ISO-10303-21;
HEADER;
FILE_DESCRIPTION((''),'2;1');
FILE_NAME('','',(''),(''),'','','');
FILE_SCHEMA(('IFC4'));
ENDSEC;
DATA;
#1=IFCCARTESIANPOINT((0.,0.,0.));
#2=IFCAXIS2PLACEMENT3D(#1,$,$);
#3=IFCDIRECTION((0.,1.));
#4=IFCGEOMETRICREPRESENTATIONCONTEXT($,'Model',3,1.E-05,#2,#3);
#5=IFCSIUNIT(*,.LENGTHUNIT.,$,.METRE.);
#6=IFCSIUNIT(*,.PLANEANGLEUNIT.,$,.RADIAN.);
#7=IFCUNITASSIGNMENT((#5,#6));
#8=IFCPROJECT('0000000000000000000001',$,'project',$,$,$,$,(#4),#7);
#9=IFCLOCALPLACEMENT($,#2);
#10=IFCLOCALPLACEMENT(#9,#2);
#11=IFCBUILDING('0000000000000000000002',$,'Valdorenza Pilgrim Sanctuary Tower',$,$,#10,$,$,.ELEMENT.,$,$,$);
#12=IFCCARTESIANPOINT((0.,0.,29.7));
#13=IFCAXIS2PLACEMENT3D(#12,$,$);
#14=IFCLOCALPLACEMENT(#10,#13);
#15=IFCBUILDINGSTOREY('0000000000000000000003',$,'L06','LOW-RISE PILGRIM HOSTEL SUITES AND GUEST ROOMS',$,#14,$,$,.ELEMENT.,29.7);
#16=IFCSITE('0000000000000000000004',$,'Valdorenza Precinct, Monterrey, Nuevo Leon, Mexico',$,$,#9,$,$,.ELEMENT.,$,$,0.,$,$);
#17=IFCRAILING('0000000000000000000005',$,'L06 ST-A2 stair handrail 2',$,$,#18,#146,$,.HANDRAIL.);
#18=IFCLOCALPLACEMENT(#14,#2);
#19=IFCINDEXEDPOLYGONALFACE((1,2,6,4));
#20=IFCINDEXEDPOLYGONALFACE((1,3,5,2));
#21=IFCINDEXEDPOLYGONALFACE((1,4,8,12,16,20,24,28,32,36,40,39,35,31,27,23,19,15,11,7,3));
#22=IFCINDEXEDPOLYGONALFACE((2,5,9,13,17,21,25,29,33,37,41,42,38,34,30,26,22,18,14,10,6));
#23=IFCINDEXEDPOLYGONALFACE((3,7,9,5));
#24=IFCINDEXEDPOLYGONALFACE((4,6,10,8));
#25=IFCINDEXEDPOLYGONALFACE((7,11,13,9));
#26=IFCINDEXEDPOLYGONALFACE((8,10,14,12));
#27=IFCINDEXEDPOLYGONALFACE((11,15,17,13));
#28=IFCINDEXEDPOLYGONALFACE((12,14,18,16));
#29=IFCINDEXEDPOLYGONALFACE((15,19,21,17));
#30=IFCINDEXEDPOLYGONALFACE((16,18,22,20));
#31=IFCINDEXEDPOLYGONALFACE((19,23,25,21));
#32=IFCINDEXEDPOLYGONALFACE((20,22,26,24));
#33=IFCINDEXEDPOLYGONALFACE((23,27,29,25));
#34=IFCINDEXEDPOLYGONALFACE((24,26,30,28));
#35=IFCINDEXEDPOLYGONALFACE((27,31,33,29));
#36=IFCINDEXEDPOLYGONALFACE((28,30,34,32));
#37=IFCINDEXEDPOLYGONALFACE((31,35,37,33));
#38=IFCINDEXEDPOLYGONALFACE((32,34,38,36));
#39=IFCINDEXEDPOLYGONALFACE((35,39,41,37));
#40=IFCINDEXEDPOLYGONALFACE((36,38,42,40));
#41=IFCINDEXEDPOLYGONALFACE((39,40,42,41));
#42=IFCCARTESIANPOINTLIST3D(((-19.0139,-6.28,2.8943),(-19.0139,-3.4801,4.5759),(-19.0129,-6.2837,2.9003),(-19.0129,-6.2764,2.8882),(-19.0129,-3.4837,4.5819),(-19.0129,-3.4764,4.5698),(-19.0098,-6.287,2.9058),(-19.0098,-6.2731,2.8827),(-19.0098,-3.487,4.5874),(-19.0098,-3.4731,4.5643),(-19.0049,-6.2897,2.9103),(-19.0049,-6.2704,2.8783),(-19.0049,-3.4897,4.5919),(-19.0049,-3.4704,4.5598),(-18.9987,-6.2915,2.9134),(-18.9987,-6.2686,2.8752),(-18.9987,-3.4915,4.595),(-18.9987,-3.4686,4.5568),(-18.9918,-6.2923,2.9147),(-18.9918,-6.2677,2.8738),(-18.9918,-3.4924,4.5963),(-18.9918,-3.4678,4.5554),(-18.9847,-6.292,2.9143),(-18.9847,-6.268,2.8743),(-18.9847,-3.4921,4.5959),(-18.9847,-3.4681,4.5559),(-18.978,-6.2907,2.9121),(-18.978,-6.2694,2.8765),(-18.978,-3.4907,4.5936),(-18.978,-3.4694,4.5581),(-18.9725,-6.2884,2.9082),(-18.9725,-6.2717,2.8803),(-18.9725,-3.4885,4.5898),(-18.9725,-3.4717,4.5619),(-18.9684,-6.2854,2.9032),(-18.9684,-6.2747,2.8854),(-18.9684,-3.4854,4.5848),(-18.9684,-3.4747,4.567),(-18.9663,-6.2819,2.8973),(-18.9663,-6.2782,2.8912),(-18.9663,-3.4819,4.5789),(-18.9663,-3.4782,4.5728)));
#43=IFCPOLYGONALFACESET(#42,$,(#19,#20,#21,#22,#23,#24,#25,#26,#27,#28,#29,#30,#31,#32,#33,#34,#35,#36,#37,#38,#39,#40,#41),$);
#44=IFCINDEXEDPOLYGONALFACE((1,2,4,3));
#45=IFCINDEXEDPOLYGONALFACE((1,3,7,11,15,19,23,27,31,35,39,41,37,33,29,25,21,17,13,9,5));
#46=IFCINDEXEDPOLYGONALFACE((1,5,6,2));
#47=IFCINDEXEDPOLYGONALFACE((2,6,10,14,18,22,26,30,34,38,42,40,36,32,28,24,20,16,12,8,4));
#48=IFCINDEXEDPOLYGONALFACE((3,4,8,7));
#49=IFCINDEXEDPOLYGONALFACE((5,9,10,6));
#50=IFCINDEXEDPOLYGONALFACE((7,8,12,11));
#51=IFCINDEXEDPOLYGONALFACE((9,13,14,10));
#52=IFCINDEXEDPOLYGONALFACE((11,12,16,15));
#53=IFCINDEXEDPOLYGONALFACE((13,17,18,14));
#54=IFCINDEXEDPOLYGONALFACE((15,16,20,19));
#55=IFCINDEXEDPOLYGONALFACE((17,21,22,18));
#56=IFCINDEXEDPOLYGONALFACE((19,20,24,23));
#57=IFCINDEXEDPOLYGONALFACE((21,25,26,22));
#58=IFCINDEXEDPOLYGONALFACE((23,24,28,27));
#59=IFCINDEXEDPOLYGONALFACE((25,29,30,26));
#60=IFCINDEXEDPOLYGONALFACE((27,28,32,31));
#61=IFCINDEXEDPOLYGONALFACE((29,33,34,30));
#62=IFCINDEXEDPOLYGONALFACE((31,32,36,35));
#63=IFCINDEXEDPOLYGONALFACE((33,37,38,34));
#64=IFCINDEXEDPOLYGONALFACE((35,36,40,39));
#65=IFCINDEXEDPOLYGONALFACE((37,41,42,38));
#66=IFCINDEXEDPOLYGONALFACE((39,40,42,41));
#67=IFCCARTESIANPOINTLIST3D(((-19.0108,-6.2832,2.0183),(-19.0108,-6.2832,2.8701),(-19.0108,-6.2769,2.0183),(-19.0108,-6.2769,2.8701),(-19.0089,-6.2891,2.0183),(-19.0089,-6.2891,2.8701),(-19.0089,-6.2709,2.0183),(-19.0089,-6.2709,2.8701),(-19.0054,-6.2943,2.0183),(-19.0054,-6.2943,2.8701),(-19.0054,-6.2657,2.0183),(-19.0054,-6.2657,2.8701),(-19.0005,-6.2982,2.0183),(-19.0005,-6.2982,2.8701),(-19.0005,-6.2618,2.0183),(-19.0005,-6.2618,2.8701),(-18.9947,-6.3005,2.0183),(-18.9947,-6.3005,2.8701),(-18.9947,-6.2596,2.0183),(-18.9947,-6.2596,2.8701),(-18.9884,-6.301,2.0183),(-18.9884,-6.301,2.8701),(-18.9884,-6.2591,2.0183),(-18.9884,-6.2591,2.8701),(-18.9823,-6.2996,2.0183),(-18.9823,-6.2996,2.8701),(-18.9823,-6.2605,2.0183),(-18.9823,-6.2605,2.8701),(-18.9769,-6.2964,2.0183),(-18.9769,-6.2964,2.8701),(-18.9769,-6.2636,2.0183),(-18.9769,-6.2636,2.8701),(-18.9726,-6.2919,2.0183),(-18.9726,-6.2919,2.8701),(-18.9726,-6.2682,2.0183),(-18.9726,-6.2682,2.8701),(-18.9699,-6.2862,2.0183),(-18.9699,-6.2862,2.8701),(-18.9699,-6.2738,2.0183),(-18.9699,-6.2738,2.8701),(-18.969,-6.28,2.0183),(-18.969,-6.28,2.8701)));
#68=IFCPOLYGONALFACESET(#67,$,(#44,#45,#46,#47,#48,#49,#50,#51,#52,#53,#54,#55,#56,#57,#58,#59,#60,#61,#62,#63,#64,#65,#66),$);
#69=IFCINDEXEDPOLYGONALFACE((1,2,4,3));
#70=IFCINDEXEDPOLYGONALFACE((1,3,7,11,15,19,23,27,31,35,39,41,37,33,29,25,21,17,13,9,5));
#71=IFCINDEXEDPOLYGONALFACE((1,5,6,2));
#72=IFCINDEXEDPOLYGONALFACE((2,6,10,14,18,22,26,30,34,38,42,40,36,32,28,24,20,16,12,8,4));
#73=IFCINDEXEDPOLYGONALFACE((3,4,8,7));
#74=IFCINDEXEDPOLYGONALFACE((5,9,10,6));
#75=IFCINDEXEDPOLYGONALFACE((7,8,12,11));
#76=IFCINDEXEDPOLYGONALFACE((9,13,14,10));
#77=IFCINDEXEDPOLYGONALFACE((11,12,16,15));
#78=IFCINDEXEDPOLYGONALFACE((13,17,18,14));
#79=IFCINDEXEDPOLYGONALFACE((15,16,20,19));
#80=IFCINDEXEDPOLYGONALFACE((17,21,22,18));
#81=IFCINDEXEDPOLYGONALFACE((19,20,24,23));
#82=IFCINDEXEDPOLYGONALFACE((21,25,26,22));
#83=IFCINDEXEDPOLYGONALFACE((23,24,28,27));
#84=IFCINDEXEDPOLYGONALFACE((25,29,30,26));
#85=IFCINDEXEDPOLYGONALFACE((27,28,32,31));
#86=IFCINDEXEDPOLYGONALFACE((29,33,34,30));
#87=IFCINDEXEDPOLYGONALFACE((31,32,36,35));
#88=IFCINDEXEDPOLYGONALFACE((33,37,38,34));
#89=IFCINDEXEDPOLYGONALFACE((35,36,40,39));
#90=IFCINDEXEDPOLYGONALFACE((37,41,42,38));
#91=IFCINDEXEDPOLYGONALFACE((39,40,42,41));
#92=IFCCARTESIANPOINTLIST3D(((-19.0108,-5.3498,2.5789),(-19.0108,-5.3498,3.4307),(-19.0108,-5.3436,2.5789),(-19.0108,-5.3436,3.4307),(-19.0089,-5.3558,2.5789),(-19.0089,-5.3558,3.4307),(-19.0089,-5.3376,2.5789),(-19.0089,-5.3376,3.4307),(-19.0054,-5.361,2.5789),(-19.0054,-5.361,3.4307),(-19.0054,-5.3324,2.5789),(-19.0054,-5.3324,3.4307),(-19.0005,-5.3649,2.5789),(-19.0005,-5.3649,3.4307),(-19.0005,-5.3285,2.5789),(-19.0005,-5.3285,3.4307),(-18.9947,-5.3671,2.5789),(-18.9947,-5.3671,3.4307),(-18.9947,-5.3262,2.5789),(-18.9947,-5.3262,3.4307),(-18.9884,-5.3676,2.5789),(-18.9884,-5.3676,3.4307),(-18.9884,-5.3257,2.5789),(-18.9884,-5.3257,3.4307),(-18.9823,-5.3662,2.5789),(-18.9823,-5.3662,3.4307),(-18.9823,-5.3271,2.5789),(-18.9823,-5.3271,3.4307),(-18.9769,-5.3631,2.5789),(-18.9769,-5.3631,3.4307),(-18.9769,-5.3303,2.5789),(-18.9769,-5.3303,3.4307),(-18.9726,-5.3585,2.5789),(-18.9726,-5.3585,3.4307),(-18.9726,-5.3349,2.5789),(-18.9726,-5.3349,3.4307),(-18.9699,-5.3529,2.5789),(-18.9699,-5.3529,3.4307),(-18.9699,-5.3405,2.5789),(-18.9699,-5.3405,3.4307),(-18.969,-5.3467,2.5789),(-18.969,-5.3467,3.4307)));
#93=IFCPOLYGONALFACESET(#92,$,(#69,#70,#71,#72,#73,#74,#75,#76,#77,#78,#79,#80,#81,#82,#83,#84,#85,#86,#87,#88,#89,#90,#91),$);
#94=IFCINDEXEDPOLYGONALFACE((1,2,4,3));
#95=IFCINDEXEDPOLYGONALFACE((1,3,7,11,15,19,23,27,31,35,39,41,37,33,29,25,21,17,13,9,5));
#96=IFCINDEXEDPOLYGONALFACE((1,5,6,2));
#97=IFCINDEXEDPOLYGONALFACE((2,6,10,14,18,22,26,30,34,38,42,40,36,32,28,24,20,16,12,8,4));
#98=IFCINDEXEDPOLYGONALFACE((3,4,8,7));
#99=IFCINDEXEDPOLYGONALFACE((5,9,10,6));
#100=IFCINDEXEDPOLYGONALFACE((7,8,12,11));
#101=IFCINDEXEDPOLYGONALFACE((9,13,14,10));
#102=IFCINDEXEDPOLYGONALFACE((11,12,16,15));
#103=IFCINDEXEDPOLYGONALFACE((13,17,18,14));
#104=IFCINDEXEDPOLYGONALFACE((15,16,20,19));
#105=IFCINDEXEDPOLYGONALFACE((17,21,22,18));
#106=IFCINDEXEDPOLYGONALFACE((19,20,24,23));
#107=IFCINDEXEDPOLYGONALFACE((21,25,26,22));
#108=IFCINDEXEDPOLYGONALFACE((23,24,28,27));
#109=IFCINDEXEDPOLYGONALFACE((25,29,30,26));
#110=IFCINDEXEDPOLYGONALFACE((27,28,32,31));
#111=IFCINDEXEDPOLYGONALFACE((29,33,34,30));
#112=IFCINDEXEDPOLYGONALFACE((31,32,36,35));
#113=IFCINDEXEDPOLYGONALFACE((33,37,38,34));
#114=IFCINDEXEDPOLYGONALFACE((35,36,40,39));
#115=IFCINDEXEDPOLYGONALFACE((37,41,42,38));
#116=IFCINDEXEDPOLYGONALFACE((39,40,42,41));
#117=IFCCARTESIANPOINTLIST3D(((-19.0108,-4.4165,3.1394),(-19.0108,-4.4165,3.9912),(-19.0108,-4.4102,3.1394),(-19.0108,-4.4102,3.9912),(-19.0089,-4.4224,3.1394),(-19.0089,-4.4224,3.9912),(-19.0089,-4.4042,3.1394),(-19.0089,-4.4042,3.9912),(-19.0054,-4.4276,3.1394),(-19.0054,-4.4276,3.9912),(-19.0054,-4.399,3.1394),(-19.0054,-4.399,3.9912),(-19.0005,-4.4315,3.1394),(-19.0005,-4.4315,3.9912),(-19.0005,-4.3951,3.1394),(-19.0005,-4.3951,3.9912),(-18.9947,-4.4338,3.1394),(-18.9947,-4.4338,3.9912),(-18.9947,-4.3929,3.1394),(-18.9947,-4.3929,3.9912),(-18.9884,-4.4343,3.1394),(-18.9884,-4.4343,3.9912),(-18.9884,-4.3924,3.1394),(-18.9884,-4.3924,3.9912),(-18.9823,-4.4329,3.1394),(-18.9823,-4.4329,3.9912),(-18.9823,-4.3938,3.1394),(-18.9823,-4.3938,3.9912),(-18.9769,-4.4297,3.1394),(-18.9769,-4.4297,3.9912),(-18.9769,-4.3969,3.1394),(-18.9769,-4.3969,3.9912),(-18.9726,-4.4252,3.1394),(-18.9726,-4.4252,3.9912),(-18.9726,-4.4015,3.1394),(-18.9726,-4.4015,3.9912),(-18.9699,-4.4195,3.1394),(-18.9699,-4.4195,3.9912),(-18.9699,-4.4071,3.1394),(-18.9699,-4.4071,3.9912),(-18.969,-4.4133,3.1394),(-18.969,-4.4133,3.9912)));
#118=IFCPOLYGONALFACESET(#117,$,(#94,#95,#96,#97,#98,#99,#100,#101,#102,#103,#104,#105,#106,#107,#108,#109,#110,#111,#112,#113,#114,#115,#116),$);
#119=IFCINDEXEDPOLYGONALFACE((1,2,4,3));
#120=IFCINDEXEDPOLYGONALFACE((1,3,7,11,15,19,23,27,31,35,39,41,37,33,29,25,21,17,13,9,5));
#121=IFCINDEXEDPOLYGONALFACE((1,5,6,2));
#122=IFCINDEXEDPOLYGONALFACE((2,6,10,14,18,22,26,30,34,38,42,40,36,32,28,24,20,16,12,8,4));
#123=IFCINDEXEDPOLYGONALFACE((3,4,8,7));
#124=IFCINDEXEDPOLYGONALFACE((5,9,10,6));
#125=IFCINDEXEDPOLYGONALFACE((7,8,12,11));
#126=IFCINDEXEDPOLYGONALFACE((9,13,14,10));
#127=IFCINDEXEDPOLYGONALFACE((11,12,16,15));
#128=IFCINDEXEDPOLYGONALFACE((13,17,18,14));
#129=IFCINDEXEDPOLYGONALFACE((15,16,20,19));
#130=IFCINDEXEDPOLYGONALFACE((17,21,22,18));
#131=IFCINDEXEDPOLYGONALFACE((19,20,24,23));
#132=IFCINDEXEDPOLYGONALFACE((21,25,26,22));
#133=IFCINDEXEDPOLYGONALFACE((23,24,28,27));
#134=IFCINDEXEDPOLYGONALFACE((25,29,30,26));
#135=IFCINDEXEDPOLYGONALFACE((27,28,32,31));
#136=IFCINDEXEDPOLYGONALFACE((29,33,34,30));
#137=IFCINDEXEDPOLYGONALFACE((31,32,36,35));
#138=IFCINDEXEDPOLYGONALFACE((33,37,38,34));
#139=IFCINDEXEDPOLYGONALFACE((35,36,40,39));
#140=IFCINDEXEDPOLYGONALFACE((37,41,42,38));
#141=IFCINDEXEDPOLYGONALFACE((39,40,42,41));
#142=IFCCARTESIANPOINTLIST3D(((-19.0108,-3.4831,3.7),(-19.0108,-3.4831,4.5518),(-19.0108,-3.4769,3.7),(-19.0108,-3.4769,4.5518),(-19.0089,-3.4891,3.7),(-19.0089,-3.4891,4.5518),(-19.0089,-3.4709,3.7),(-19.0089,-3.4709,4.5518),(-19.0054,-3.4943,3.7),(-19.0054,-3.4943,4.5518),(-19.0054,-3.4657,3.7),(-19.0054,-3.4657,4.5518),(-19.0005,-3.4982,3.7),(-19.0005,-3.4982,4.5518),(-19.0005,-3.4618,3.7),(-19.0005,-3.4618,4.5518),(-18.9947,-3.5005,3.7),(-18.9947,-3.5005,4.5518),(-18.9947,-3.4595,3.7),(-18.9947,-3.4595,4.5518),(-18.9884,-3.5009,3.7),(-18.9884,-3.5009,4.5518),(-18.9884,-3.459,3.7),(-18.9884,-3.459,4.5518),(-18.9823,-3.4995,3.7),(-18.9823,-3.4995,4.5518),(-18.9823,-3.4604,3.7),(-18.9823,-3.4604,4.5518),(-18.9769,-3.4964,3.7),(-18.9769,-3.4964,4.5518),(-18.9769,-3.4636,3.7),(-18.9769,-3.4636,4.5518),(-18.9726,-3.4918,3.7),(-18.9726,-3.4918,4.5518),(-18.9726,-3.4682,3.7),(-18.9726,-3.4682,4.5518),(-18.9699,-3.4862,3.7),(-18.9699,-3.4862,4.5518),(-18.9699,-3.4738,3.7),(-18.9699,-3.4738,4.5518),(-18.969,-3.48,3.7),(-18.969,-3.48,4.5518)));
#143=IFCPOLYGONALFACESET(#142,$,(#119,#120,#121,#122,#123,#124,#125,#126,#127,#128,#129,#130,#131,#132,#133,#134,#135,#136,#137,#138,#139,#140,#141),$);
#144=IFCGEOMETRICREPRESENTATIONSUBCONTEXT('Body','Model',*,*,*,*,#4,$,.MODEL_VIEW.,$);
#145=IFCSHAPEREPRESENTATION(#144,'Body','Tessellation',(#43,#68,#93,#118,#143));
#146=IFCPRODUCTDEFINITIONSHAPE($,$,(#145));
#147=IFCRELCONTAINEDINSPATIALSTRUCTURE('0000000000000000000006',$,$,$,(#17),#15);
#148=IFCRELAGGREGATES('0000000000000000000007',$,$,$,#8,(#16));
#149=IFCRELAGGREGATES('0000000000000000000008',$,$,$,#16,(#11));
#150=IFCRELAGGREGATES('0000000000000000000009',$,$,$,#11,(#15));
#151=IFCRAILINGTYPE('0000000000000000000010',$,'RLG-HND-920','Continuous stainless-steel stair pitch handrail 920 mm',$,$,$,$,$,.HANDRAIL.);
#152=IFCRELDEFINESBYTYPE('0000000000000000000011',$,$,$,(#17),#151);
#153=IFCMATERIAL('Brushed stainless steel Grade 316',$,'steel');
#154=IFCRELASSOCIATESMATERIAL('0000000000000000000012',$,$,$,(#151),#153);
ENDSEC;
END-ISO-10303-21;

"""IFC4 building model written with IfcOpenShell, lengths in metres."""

from ifc_helpers import new_model, si_unit, direction, frame, origin, origin_2d, place, context, subcontext, project, spatial, circle, extrude, material, type_object, element, save


model = new_model("IFC4")

# Units and contexts
model_context = context("Model", 3, precision=1e-05, world=origin(), true_north=direction((0.0, 1.0)))
body_context = subcontext(model_context, "Body", "Model", "MODEL_VIEW")
ifc_project = project(units=[si_unit("LENGTHUNIT", "METRE"), si_unit("PLANEANGLEUNIT", "RADIAN")], contexts=[model_context])

# Site, building, storey
site_placement = place(None, origin())
site = spatial("IfcSite", under=ifc_project, at=site_placement, Name="Valdorenza Precinct, Monterrey, Nuevo Leon, Mexico", CompositionType="ELEMENT", RefElevation=0.0)
building_placement = place(site_placement, origin())
building = spatial("IfcBuilding", under=site, at=building_placement, Name="Valdorenza Pilgrim Sanctuary Tower", CompositionType="ELEMENT")
storey_placement = place(building_placement, frame((0.0, 0.0, 29.7)))
storey = spatial("IfcBuildingStorey", under=building, at=storey_placement, Name="L06", Description="LOW-RISE PILGRIM HOSTEL SUITES AND GUEST ROOMS", CompositionType="ELEMENT", Elevation=29.7)

# Shared definitions
ifc_material_1 = material(Name="Brushed stainless steel Grade 316", Category="steel")

# Railing
railing_type_1 = type_object("IfcRailingType", Name="RLG-HND-920", Description="Continuous stainless-steel stair pitch handrail 920 mm", PredefinedType="HANDRAIL", material=ifc_material_1)
railing_1_placement = place(storey_placement, frame((-18.99, -6.28, 2.0183)))
element("IfcRailing", 1, at=railing_1_placement, inside=storey, type_object=railing_type_1, Name="L06 ST-A2 stair handrail 2", PredefinedType="HANDRAIL", context=body_context, shape_type="SweptSolid", body=[
    extrude(circle(Radius=0.0239, at=origin_2d()), frame((0.0, 0.0, 0.876), z_axis=(0.0, 0.857275, 0.514858), x_axis=(-1.0, 0.0, 0.0)), (0.0, 0.0, 1.0), 3.2661),
    extrude(circle(Radius=0.021, at=origin_2d()), origin(), (0.0, 0.0, 1.0), 0.8518),
    extrude(circle(Radius=0.021, at=origin_2d()), frame((0.0, 0.9333, 0.5605)), (0.0, 0.0, 1.0), 0.8518),
    extrude(circle(Radius=0.021, at=origin_2d()), frame((0.0, 1.8667, 1.1211)), (0.0, 0.0, 1.0), 0.8518),
    extrude(circle(Radius=0.021, at=origin_2d()), frame((0.0, 2.8, 1.6816)), (0.0, 0.0, 1.0), 0.8518),
])

save(model, "model.ifc")
